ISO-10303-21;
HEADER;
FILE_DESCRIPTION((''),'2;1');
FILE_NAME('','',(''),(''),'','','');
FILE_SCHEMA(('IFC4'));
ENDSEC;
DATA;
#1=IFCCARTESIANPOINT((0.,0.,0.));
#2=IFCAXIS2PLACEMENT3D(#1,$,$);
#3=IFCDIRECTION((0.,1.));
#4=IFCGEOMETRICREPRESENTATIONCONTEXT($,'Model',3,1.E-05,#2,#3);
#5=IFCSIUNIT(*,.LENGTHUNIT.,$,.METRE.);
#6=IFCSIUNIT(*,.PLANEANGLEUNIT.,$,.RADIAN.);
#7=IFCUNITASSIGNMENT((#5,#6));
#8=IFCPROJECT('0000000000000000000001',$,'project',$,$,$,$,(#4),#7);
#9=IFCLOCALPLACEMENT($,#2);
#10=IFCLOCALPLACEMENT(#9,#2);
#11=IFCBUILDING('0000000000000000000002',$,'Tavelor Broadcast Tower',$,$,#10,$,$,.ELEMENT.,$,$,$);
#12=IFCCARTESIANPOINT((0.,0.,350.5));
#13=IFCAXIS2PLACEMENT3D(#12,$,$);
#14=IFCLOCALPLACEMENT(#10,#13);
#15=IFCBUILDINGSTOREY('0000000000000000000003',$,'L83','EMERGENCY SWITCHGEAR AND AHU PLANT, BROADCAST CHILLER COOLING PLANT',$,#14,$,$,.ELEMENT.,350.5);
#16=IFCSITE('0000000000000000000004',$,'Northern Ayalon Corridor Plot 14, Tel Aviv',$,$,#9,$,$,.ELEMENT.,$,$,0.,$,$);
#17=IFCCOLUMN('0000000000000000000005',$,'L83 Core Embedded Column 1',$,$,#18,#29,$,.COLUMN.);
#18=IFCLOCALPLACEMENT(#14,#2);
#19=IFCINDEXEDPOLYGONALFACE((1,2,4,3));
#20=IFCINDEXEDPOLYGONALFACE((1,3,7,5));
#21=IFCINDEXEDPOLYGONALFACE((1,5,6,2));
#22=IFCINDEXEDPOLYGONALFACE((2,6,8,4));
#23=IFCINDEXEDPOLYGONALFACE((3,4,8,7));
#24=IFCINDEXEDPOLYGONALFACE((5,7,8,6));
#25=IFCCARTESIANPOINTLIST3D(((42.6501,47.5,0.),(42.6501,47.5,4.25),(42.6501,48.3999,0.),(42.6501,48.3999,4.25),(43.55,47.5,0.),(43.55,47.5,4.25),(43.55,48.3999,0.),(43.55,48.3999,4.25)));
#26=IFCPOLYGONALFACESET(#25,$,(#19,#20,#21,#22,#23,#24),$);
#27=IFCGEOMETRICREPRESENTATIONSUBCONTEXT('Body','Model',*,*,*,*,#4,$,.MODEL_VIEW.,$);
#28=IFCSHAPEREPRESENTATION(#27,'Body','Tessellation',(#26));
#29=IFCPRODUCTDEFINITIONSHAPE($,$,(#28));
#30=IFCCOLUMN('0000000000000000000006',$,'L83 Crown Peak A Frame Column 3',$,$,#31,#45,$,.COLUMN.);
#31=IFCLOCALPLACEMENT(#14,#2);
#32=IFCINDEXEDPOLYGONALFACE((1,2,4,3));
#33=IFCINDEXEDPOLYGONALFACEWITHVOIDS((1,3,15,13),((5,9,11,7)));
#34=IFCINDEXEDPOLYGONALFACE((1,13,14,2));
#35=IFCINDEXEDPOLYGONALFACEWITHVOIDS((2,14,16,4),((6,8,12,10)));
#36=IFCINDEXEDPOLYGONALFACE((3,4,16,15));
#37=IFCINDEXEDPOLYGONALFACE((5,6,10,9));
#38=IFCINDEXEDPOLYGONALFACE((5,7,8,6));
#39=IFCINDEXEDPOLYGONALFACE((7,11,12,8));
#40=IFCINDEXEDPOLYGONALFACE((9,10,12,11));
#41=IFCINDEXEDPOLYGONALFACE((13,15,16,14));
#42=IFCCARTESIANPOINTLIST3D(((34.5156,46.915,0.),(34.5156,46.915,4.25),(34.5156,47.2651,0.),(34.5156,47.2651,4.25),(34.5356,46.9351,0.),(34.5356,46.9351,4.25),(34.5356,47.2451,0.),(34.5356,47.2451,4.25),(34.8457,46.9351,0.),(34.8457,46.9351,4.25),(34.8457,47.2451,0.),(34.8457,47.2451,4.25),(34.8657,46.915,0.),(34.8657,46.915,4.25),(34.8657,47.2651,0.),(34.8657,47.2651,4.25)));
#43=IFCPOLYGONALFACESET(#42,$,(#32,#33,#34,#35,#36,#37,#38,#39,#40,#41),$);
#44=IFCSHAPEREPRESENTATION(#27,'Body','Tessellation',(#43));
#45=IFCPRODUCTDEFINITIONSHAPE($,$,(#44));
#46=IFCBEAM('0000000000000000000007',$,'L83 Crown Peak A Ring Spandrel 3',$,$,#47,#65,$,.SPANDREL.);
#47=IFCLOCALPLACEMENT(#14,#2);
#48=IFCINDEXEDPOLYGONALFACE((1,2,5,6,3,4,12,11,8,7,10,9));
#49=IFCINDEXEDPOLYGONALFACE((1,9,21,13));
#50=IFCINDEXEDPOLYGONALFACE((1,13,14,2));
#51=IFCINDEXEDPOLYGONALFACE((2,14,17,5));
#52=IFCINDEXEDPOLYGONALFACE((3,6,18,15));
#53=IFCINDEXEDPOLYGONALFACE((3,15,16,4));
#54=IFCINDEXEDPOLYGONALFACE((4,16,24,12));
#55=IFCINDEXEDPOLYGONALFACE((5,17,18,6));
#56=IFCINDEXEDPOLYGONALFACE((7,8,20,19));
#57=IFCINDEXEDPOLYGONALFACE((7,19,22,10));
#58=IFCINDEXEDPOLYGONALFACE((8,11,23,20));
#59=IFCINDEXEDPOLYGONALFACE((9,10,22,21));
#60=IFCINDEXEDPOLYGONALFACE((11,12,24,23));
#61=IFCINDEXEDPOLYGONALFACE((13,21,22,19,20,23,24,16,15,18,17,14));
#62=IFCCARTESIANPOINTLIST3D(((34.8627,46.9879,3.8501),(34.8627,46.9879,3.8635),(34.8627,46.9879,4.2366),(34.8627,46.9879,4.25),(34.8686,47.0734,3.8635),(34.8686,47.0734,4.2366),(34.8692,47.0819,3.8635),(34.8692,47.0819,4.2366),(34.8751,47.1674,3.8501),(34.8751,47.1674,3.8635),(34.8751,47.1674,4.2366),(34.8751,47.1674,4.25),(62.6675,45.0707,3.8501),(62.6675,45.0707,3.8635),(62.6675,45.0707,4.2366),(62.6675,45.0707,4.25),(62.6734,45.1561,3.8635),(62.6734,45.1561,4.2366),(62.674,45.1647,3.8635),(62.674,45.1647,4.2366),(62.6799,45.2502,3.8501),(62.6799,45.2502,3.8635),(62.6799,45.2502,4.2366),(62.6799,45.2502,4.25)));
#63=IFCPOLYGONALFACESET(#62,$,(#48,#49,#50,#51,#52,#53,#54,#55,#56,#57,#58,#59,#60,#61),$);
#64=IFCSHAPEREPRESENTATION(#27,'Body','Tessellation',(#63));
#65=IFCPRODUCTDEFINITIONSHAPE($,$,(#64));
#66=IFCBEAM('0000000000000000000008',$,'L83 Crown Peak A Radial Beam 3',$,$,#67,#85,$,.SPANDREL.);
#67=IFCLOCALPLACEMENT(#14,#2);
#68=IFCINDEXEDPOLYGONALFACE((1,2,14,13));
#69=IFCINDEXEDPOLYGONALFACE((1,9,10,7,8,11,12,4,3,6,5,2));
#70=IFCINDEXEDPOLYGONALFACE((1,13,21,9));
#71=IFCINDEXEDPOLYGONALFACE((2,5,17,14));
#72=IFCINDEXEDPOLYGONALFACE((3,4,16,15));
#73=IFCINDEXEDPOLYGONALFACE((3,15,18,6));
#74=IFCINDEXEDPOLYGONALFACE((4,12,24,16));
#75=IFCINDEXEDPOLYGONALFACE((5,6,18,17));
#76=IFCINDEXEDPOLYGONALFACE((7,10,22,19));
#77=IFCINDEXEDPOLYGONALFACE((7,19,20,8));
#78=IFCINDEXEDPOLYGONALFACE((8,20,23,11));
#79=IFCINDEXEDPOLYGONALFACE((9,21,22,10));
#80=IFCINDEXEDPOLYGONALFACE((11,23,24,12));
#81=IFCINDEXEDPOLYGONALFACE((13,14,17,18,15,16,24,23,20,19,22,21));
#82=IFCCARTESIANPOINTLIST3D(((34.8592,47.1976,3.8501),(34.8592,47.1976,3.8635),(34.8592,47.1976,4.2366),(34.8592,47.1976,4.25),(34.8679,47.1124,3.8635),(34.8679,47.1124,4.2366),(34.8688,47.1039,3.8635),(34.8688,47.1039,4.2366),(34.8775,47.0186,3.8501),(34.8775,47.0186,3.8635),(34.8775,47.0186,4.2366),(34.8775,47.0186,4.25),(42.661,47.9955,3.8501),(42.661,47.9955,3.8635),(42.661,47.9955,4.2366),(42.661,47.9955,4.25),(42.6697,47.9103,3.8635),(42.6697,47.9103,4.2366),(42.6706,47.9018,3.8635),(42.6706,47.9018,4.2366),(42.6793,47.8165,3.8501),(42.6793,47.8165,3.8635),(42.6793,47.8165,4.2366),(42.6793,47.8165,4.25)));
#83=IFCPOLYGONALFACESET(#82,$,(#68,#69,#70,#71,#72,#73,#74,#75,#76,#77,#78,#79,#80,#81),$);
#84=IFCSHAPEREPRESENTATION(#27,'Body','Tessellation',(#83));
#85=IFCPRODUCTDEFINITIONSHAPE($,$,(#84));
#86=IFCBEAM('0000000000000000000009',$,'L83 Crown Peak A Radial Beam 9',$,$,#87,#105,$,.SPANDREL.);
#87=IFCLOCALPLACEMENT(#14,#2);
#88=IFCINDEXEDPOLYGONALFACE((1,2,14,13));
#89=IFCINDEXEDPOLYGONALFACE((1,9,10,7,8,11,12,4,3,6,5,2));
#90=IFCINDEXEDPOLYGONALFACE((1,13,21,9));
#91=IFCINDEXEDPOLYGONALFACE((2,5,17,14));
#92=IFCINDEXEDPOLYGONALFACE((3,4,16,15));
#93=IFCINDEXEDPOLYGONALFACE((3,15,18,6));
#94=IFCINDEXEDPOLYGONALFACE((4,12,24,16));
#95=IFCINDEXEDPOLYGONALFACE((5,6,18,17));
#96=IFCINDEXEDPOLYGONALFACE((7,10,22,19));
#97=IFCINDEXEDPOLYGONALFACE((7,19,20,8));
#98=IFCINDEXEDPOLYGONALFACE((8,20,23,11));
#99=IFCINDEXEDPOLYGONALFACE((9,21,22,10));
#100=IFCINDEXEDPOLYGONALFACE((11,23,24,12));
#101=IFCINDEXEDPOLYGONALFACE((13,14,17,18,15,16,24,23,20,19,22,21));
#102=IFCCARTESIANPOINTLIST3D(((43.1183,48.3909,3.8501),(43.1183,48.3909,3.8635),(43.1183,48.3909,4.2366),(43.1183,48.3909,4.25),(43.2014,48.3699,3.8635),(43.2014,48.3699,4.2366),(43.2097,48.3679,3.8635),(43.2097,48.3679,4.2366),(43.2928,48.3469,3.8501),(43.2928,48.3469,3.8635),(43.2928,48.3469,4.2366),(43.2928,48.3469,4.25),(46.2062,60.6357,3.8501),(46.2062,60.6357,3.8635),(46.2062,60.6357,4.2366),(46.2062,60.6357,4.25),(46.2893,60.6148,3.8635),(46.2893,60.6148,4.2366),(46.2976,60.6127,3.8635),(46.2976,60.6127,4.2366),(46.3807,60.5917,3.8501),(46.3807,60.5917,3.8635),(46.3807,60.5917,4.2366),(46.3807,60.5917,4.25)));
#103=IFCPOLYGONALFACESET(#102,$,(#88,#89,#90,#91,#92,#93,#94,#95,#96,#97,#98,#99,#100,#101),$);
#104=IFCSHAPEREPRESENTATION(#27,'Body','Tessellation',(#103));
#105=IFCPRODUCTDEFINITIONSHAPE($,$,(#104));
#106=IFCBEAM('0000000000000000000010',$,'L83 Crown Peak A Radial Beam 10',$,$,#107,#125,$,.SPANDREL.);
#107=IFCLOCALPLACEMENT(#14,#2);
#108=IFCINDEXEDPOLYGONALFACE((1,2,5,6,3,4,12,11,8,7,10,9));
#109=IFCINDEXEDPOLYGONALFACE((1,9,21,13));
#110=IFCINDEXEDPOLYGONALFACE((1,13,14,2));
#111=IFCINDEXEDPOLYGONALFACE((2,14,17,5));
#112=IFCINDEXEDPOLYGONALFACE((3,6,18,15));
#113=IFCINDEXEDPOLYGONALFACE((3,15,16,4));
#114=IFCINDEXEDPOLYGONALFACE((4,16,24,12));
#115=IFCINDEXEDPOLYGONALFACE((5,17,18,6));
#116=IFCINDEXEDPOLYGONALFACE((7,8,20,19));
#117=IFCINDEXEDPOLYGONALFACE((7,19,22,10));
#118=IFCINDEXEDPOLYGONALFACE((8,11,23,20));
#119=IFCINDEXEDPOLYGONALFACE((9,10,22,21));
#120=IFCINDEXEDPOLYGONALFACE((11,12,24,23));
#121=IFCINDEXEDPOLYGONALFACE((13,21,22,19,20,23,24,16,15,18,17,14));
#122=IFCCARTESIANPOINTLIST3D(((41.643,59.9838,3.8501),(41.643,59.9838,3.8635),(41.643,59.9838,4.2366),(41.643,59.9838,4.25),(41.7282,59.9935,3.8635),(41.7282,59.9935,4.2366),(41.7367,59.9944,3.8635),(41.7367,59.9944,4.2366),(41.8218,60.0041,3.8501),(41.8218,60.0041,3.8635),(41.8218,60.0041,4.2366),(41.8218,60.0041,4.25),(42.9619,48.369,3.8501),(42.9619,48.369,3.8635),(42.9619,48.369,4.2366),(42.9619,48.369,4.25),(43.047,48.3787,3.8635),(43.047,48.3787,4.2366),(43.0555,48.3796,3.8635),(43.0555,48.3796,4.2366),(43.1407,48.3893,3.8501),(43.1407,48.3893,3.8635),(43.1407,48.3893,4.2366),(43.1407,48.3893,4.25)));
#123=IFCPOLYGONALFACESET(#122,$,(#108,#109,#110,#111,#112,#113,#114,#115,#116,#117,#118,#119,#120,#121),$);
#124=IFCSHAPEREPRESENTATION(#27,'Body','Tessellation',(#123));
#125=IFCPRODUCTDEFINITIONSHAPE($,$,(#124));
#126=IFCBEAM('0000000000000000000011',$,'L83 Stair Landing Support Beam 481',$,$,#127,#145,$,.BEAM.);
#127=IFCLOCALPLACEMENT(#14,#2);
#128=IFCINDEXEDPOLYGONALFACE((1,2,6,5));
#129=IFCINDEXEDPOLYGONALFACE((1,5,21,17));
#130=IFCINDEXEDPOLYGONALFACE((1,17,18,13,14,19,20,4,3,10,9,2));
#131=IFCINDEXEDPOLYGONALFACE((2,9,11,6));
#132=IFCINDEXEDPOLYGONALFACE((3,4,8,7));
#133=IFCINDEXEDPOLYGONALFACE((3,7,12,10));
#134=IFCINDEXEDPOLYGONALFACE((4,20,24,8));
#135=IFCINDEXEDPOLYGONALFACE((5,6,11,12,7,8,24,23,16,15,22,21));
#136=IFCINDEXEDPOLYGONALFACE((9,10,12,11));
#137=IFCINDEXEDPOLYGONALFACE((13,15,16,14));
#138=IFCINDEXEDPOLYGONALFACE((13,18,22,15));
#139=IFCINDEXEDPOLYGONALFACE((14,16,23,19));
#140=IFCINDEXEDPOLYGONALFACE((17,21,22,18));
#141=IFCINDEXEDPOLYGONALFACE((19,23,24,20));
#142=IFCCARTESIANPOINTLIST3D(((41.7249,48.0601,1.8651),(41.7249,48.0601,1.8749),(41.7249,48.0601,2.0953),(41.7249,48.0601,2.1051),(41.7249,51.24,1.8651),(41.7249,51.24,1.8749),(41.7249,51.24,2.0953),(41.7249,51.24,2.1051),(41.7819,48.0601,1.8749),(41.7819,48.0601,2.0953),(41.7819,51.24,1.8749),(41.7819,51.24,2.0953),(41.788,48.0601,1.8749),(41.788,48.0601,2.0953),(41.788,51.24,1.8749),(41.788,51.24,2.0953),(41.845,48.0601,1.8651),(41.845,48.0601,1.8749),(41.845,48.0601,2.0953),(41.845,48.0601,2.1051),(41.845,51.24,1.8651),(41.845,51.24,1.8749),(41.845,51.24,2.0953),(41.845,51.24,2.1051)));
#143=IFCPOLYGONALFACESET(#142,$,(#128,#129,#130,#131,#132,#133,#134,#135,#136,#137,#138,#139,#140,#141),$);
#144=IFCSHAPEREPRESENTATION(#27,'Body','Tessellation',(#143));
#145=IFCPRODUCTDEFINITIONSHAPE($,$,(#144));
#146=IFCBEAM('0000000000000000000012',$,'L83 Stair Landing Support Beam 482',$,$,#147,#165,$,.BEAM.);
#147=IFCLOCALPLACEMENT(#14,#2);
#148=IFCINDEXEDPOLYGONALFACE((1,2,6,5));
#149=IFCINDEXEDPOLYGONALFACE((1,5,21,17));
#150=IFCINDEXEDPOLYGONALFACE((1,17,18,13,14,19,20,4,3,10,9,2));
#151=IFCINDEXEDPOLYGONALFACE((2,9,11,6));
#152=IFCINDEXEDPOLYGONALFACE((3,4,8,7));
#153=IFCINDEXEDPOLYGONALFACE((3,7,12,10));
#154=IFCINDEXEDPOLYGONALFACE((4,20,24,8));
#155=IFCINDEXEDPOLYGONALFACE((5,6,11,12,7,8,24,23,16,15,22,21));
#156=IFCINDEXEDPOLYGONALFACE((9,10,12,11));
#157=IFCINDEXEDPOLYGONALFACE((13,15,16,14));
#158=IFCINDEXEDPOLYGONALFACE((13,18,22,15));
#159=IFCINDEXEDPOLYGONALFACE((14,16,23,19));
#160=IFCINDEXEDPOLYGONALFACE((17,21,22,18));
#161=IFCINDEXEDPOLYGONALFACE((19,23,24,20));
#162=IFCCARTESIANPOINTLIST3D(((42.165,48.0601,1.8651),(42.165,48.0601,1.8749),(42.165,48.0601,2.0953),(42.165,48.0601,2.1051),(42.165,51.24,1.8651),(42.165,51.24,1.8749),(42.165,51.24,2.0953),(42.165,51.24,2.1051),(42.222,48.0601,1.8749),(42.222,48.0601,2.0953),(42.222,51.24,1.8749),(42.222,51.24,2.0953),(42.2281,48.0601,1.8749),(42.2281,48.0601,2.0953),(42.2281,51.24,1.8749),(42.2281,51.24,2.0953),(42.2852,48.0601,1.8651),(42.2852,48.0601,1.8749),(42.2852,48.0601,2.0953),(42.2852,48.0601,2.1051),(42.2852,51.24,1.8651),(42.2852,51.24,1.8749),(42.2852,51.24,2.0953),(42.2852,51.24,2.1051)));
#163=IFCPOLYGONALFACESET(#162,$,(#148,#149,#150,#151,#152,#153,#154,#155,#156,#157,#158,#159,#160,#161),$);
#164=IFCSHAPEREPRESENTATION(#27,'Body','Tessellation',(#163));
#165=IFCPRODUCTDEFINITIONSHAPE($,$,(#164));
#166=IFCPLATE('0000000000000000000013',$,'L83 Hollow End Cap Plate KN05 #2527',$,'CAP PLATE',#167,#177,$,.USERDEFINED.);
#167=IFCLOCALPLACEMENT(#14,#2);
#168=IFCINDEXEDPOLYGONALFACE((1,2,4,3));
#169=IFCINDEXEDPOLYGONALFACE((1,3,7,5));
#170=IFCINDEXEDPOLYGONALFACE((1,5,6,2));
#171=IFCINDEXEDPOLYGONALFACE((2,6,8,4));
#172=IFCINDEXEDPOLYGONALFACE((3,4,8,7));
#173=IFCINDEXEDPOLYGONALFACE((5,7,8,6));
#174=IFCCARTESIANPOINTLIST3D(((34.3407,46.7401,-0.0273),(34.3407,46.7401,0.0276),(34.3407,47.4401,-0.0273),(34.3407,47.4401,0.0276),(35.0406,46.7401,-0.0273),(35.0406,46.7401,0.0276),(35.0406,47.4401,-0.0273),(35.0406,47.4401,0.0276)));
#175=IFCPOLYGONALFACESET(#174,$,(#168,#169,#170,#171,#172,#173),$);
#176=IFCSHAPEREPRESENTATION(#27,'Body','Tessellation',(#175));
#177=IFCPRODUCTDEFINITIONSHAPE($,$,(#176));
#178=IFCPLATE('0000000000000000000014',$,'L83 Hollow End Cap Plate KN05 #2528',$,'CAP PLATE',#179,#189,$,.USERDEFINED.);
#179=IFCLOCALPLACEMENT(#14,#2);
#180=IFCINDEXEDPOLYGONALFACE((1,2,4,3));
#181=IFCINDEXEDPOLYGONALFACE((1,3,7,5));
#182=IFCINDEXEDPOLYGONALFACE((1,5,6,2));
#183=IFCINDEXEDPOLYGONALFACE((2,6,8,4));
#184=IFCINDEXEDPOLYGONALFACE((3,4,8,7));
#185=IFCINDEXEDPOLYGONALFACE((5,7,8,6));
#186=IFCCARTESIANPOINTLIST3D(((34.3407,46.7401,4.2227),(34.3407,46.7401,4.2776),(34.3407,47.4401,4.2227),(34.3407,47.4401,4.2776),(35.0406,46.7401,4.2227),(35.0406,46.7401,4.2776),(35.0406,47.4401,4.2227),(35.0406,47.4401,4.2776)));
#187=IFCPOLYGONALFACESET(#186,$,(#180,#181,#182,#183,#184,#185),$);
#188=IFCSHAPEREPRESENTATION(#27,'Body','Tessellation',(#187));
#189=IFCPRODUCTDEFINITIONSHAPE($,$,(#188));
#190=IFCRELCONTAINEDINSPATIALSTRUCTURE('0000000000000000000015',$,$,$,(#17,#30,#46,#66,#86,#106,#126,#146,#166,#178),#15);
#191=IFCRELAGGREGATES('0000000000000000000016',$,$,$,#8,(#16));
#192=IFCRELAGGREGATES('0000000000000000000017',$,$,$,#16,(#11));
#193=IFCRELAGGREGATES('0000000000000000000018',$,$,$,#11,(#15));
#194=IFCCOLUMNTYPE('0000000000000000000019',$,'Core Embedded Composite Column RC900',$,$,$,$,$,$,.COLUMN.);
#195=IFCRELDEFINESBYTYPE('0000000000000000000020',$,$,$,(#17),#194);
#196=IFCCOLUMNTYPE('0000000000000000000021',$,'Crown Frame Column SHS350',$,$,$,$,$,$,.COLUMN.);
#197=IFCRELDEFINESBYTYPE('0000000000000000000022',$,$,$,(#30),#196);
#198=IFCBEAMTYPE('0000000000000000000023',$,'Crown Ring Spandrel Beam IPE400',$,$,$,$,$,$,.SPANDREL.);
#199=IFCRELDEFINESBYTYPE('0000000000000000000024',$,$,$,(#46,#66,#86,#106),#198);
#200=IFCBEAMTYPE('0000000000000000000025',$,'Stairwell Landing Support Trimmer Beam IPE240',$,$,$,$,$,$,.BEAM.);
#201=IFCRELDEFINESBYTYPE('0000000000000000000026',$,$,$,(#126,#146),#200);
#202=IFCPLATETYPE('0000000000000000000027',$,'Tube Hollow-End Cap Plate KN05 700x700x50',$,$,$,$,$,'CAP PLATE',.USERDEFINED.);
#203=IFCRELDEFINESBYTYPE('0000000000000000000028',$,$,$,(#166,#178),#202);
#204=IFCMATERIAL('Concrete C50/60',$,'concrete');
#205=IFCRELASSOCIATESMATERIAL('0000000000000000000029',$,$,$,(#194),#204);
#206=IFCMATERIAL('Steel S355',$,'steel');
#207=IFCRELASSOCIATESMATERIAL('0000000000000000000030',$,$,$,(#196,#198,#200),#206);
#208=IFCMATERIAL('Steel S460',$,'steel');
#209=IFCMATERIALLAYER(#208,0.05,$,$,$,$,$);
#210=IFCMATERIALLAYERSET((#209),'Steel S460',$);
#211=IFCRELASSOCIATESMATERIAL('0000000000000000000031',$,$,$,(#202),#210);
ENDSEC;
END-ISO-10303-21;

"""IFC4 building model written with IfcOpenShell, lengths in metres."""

from ifc_helpers import new_model, si_unit, direction, frame, origin, origin_2d, place, context, subcontext, project, spatial, rectangle, hollow_rectangle, i_section, extrude, source, transform, mapped, material, layer, layer_set, material_profile, profile_set, type_object, type_shapes, element, save


model = new_model("IFC4")

# Units and contexts
model_context = context("Model", 3, precision=1e-05, world=origin(), true_north=direction((0.0, 1.0)))
body_context = subcontext(model_context, "Body", "Model", "MODEL_VIEW")
ifc_project = project(units=[si_unit("LENGTHUNIT", "METRE"), si_unit("PLANEANGLEUNIT", "RADIAN")], contexts=[model_context])

# Site, building, storey
site_placement = place(None, origin())
site = spatial("IfcSite", under=ifc_project, at=site_placement, Name="Northern Ayalon Corridor Plot 14, Tel Aviv", CompositionType="ELEMENT", RefElevation=0.0)
building_placement = place(site_placement, origin())
building = spatial("IfcBuilding", under=site, at=building_placement, Name="Tavelor Broadcast Tower", CompositionType="ELEMENT")
storey_placement = place(building_placement, frame((0.0, 0.0, 350.5)))
storey = spatial("IfcBuildingStorey", under=building, at=storey_placement, Name="L83", Description="EMERGENCY SWITCHGEAR AND AHU PLANT, BROADCAST CHILLER COOLING PLANT", CompositionType="ELEMENT", Elevation=350.5)

# Columns
ifc_material_1 = material(Name="Concrete C50/60", Category="concrete")
ifc_material_profile_1 = material_profile(ifc_material_1, rectangle(XDim=0.8999, YDim=0.8999, at=origin_2d()), Name="RC 900x900")
ifc_profile_set_1 = profile_set([ifc_material_profile_1], Name="Concrete C50/60")
column_type_1 = type_object("IfcColumnType", Name="Core Embedded Composite Column RC900", PredefinedType="COLUMN", material=ifc_profile_set_1)
column_1_placement = place(storey_placement, frame((43.1001, 47.95, 0.0), z_axis=(0.0, 0.0, 1.0), x_axis=(1.0, 0.0, 0.0)))
element("IfcColumn", 1, at=column_1_placement, inside=storey, type_object=column_type_1, Name="L83 Core Embedded Column 1", PredefinedType="COLUMN", context=body_context, shape_type="SweptSolid", body=[
    extrude(rectangle(XDim=0.8999, YDim=0.8999, at=origin_2d()), origin(), (0.0, 0.0, 1.0), 4.25),
])
ifc_material_2 = material(Name="Steel S355", Category="steel")
ifc_material_profile_2 = material_profile(ifc_material_2, hollow_rectangle(XDim=0.3501, YDim=0.3501, WallThickness=0.02, at=origin_2d()), Name="SHS 350x350x20")
ifc_profile_set_2 = profile_set([ifc_material_profile_2], Name="Steel S355")
column_type_2 = type_object("IfcColumnType", Name="Crown Frame Column SHS350", PredefinedType="COLUMN", material=ifc_profile_set_2)
column_2_placement = place(storey_placement, frame((34.6907, 47.0901, 0.0), z_axis=(0.0, 0.0, 1.0), x_axis=(1.0, 0.0, 0.0)))
element("IfcColumn", 2, at=column_2_placement, inside=storey, type_object=column_type_2, Name="L83 Crown Peak A Frame Column 3", PredefinedType="COLUMN", context=body_context, shape_type="SweptSolid", body=[
    extrude(hollow_rectangle(XDim=0.3501, YDim=0.3501, WallThickness=0.02, at=origin_2d()), origin(), (0.0, 0.0, 1.0), 4.25),
])

# Beams
ifc_material_profile_3 = material_profile(ifc_material_2, i_section(OverallWidth=0.1799, OverallDepth=0.3999, WebThickness=0.0085, FlangeThickness=0.0134, at=origin_2d()), Name="IPE 400")
ifc_profile_set_3 = profile_set([ifc_material_profile_3], Name="Steel S355")
beam_type_1 = type_object("IfcBeamType", Name="Crown Ring Spandrel Beam IPE400", PredefinedType="SPANDREL", material=ifc_profile_set_3)
beam_1_placement = place(storey_placement, frame((34.8689, 47.0776, 4.05), z_axis=(0.997631, -0.06879, 0.0), x_axis=(0.06879, 0.997631, 0.0)))
element("IfcBeam", 3, at=beam_1_placement, inside=storey, type_object=beam_type_1, Name="L83 Crown Peak A Ring Spandrel 3", PredefinedType="SPANDREL", context=body_context, shape_type="SweptSolid", body=[
    extrude(i_section(OverallWidth=0.1799, OverallDepth=0.3999, WebThickness=0.0085, FlangeThickness=0.0134, at=origin_2d()), origin(), (0.0, 0.0, 1.0), 27.8708),
])
beam_2_placement = place(storey_placement, frame((42.6702, 47.906, 4.05), z_axis=(-0.994812, -0.101735, 0.0), x_axis=(0.101735, -0.994812, 0.0)))
element("IfcBeam", 4, at=beam_2_placement, inside=storey, type_object=beam_type_1, Name="L83 Crown Peak A Radial Beam 3", PredefinedType="SPANDREL", context=body_context, shape_type="SweptSolid", body=[
    extrude(i_section(OverallWidth=0.1799, OverallDepth=0.3999, WebThickness=0.0085, FlangeThickness=0.0134, at=origin_2d()), origin(), (0.0, 0.0, 1.0), 7.8425),
])
beam_3_placement = place(storey_placement, frame((43.2056, 48.3689, 4.05), z_axis=(0.244523, 0.969643, 0.0), x_axis=(-0.969643, 0.244523, 0.0)))
element("IfcBeam", 5, at=beam_3_placement, inside=storey, type_object=beam_type_1, Name="L83 Crown Peak A Radial Beam 9", PredefinedType="SPANDREL", context=body_context, shape_type="SweptSolid", body=[
    extrude(i_section(OverallWidth=0.1799, OverallDepth=0.3999, WebThickness=0.0085, FlangeThickness=0.0134, at=origin_2d()), origin(), (0.0, 0.0, 1.0), 12.6282),
])
beam_4_placement = place(storey_placement, frame((43.0513, 48.3792, 4.05), z_axis=(-0.112824, 0.993615, 0.0), x_axis=(-0.993615, -0.112824, 0.0)))
element("IfcBeam", 6, at=beam_4_placement, inside=storey, type_object=beam_type_1, Name="L83 Crown Peak A Radial Beam 10", PredefinedType="SPANDREL", context=body_context, shape_type="SweptSolid", body=[
    extrude(i_section(OverallWidth=0.1799, OverallDepth=0.3999, WebThickness=0.0085, FlangeThickness=0.0134, at=origin_2d()), origin(), (0.0, 0.0, 1.0), 11.6895),
])
ifc_material_profile_4 = material_profile(ifc_material_2, i_section(OverallWidth=0.1201, OverallDepth=0.24, WebThickness=0.0061, FlangeThickness=0.0098, at=origin_2d()), Name="IPE 240")
ifc_profile_set_4 = profile_set([ifc_material_profile_4], Name="Steel S355")
beam_type_2 = type_object("IfcBeamType", Name="Stairwell Landing Support Trimmer Beam IPE240", PredefinedType="BEAM", material=ifc_profile_set_4)
for number, where, z_axis, x_axis, name in (
    (7, (41.7849, 48.0601, 1.9851), (0.0, 1.0, 0.0), (-1.0, 0.0, 0.0), "L83 Stair Landing Support Beam 481"),
    (8, (42.2251, 48.0601, 1.9851), (0.0, 1.0, 0.0), (-1.0, 0.0, 0.0), "L83 Stair Landing Support Beam 482"),
):
    element("IfcBeam", number, at=place(storey_placement, frame(where, z_axis=z_axis, x_axis=x_axis)), inside=storey, type_object=beam_type_2, Name=name, PredefinedType="BEAM", context=body_context, shape_type="SweptSolid", body=[
        extrude(i_section(OverallWidth=0.1201, OverallDepth=0.24, WebThickness=0.0061, FlangeThickness=0.0098, at=origin_2d()), origin(), (0.0, 0.0, 1.0), 3.1799),
    ])

# Plates
ifc_material_3 = material(Name="Steel S460", Category="steel")
ifc_layer_1 = layer(ifc_material_3, 0.05)
ifc_layer_set_1 = layer_set([ifc_layer_1], Name="Steel S460")
plate_type_1 = type_object("IfcPlateType", Name="Tube Hollow-End Cap Plate KN05 700x700x50", ElementType="CAP PLATE", PredefinedType="USERDEFINED", material=ifc_layer_set_1)
shared_shape_1 = source(origin(), body_context, "Body", "SweptSolid", [
    extrude(rectangle(XDim=0.7, YDim=0.7, at=origin_2d()), origin(), (0.0, 0.0, 1.0), 0.0549),
])
type_shapes(plate_type_1, [shared_shape_1])
for number, where, z_axis, x_axis, name in (
    (9, (34.6907, 47.0901, -0.0273), (0.0, 0.0, 1.0), (1.0, 0.0, 0.0), "L83 Hollow End Cap Plate KN05 #2527"),
    (10, (34.6907, 47.0901, 4.2227), (0.0, 0.0, 1.0), (1.0, 0.0, 0.0), "L83 Hollow End Cap Plate KN05 #2528"),
):
    element("IfcPlate", number, at=place(storey_placement, frame(where, z_axis=z_axis, x_axis=x_axis)), inside=storey, type_object=plate_type_1, Name=name, ObjectType="CAP PLATE", PredefinedType="USERDEFINED", context=body_context, shape_type="MappedRepresentation", body=[
        mapped(shared_shape_1, transform((0.0, 0.0, 0.0), scale=1.0)),
    ])

save(model, "model.ifc")
